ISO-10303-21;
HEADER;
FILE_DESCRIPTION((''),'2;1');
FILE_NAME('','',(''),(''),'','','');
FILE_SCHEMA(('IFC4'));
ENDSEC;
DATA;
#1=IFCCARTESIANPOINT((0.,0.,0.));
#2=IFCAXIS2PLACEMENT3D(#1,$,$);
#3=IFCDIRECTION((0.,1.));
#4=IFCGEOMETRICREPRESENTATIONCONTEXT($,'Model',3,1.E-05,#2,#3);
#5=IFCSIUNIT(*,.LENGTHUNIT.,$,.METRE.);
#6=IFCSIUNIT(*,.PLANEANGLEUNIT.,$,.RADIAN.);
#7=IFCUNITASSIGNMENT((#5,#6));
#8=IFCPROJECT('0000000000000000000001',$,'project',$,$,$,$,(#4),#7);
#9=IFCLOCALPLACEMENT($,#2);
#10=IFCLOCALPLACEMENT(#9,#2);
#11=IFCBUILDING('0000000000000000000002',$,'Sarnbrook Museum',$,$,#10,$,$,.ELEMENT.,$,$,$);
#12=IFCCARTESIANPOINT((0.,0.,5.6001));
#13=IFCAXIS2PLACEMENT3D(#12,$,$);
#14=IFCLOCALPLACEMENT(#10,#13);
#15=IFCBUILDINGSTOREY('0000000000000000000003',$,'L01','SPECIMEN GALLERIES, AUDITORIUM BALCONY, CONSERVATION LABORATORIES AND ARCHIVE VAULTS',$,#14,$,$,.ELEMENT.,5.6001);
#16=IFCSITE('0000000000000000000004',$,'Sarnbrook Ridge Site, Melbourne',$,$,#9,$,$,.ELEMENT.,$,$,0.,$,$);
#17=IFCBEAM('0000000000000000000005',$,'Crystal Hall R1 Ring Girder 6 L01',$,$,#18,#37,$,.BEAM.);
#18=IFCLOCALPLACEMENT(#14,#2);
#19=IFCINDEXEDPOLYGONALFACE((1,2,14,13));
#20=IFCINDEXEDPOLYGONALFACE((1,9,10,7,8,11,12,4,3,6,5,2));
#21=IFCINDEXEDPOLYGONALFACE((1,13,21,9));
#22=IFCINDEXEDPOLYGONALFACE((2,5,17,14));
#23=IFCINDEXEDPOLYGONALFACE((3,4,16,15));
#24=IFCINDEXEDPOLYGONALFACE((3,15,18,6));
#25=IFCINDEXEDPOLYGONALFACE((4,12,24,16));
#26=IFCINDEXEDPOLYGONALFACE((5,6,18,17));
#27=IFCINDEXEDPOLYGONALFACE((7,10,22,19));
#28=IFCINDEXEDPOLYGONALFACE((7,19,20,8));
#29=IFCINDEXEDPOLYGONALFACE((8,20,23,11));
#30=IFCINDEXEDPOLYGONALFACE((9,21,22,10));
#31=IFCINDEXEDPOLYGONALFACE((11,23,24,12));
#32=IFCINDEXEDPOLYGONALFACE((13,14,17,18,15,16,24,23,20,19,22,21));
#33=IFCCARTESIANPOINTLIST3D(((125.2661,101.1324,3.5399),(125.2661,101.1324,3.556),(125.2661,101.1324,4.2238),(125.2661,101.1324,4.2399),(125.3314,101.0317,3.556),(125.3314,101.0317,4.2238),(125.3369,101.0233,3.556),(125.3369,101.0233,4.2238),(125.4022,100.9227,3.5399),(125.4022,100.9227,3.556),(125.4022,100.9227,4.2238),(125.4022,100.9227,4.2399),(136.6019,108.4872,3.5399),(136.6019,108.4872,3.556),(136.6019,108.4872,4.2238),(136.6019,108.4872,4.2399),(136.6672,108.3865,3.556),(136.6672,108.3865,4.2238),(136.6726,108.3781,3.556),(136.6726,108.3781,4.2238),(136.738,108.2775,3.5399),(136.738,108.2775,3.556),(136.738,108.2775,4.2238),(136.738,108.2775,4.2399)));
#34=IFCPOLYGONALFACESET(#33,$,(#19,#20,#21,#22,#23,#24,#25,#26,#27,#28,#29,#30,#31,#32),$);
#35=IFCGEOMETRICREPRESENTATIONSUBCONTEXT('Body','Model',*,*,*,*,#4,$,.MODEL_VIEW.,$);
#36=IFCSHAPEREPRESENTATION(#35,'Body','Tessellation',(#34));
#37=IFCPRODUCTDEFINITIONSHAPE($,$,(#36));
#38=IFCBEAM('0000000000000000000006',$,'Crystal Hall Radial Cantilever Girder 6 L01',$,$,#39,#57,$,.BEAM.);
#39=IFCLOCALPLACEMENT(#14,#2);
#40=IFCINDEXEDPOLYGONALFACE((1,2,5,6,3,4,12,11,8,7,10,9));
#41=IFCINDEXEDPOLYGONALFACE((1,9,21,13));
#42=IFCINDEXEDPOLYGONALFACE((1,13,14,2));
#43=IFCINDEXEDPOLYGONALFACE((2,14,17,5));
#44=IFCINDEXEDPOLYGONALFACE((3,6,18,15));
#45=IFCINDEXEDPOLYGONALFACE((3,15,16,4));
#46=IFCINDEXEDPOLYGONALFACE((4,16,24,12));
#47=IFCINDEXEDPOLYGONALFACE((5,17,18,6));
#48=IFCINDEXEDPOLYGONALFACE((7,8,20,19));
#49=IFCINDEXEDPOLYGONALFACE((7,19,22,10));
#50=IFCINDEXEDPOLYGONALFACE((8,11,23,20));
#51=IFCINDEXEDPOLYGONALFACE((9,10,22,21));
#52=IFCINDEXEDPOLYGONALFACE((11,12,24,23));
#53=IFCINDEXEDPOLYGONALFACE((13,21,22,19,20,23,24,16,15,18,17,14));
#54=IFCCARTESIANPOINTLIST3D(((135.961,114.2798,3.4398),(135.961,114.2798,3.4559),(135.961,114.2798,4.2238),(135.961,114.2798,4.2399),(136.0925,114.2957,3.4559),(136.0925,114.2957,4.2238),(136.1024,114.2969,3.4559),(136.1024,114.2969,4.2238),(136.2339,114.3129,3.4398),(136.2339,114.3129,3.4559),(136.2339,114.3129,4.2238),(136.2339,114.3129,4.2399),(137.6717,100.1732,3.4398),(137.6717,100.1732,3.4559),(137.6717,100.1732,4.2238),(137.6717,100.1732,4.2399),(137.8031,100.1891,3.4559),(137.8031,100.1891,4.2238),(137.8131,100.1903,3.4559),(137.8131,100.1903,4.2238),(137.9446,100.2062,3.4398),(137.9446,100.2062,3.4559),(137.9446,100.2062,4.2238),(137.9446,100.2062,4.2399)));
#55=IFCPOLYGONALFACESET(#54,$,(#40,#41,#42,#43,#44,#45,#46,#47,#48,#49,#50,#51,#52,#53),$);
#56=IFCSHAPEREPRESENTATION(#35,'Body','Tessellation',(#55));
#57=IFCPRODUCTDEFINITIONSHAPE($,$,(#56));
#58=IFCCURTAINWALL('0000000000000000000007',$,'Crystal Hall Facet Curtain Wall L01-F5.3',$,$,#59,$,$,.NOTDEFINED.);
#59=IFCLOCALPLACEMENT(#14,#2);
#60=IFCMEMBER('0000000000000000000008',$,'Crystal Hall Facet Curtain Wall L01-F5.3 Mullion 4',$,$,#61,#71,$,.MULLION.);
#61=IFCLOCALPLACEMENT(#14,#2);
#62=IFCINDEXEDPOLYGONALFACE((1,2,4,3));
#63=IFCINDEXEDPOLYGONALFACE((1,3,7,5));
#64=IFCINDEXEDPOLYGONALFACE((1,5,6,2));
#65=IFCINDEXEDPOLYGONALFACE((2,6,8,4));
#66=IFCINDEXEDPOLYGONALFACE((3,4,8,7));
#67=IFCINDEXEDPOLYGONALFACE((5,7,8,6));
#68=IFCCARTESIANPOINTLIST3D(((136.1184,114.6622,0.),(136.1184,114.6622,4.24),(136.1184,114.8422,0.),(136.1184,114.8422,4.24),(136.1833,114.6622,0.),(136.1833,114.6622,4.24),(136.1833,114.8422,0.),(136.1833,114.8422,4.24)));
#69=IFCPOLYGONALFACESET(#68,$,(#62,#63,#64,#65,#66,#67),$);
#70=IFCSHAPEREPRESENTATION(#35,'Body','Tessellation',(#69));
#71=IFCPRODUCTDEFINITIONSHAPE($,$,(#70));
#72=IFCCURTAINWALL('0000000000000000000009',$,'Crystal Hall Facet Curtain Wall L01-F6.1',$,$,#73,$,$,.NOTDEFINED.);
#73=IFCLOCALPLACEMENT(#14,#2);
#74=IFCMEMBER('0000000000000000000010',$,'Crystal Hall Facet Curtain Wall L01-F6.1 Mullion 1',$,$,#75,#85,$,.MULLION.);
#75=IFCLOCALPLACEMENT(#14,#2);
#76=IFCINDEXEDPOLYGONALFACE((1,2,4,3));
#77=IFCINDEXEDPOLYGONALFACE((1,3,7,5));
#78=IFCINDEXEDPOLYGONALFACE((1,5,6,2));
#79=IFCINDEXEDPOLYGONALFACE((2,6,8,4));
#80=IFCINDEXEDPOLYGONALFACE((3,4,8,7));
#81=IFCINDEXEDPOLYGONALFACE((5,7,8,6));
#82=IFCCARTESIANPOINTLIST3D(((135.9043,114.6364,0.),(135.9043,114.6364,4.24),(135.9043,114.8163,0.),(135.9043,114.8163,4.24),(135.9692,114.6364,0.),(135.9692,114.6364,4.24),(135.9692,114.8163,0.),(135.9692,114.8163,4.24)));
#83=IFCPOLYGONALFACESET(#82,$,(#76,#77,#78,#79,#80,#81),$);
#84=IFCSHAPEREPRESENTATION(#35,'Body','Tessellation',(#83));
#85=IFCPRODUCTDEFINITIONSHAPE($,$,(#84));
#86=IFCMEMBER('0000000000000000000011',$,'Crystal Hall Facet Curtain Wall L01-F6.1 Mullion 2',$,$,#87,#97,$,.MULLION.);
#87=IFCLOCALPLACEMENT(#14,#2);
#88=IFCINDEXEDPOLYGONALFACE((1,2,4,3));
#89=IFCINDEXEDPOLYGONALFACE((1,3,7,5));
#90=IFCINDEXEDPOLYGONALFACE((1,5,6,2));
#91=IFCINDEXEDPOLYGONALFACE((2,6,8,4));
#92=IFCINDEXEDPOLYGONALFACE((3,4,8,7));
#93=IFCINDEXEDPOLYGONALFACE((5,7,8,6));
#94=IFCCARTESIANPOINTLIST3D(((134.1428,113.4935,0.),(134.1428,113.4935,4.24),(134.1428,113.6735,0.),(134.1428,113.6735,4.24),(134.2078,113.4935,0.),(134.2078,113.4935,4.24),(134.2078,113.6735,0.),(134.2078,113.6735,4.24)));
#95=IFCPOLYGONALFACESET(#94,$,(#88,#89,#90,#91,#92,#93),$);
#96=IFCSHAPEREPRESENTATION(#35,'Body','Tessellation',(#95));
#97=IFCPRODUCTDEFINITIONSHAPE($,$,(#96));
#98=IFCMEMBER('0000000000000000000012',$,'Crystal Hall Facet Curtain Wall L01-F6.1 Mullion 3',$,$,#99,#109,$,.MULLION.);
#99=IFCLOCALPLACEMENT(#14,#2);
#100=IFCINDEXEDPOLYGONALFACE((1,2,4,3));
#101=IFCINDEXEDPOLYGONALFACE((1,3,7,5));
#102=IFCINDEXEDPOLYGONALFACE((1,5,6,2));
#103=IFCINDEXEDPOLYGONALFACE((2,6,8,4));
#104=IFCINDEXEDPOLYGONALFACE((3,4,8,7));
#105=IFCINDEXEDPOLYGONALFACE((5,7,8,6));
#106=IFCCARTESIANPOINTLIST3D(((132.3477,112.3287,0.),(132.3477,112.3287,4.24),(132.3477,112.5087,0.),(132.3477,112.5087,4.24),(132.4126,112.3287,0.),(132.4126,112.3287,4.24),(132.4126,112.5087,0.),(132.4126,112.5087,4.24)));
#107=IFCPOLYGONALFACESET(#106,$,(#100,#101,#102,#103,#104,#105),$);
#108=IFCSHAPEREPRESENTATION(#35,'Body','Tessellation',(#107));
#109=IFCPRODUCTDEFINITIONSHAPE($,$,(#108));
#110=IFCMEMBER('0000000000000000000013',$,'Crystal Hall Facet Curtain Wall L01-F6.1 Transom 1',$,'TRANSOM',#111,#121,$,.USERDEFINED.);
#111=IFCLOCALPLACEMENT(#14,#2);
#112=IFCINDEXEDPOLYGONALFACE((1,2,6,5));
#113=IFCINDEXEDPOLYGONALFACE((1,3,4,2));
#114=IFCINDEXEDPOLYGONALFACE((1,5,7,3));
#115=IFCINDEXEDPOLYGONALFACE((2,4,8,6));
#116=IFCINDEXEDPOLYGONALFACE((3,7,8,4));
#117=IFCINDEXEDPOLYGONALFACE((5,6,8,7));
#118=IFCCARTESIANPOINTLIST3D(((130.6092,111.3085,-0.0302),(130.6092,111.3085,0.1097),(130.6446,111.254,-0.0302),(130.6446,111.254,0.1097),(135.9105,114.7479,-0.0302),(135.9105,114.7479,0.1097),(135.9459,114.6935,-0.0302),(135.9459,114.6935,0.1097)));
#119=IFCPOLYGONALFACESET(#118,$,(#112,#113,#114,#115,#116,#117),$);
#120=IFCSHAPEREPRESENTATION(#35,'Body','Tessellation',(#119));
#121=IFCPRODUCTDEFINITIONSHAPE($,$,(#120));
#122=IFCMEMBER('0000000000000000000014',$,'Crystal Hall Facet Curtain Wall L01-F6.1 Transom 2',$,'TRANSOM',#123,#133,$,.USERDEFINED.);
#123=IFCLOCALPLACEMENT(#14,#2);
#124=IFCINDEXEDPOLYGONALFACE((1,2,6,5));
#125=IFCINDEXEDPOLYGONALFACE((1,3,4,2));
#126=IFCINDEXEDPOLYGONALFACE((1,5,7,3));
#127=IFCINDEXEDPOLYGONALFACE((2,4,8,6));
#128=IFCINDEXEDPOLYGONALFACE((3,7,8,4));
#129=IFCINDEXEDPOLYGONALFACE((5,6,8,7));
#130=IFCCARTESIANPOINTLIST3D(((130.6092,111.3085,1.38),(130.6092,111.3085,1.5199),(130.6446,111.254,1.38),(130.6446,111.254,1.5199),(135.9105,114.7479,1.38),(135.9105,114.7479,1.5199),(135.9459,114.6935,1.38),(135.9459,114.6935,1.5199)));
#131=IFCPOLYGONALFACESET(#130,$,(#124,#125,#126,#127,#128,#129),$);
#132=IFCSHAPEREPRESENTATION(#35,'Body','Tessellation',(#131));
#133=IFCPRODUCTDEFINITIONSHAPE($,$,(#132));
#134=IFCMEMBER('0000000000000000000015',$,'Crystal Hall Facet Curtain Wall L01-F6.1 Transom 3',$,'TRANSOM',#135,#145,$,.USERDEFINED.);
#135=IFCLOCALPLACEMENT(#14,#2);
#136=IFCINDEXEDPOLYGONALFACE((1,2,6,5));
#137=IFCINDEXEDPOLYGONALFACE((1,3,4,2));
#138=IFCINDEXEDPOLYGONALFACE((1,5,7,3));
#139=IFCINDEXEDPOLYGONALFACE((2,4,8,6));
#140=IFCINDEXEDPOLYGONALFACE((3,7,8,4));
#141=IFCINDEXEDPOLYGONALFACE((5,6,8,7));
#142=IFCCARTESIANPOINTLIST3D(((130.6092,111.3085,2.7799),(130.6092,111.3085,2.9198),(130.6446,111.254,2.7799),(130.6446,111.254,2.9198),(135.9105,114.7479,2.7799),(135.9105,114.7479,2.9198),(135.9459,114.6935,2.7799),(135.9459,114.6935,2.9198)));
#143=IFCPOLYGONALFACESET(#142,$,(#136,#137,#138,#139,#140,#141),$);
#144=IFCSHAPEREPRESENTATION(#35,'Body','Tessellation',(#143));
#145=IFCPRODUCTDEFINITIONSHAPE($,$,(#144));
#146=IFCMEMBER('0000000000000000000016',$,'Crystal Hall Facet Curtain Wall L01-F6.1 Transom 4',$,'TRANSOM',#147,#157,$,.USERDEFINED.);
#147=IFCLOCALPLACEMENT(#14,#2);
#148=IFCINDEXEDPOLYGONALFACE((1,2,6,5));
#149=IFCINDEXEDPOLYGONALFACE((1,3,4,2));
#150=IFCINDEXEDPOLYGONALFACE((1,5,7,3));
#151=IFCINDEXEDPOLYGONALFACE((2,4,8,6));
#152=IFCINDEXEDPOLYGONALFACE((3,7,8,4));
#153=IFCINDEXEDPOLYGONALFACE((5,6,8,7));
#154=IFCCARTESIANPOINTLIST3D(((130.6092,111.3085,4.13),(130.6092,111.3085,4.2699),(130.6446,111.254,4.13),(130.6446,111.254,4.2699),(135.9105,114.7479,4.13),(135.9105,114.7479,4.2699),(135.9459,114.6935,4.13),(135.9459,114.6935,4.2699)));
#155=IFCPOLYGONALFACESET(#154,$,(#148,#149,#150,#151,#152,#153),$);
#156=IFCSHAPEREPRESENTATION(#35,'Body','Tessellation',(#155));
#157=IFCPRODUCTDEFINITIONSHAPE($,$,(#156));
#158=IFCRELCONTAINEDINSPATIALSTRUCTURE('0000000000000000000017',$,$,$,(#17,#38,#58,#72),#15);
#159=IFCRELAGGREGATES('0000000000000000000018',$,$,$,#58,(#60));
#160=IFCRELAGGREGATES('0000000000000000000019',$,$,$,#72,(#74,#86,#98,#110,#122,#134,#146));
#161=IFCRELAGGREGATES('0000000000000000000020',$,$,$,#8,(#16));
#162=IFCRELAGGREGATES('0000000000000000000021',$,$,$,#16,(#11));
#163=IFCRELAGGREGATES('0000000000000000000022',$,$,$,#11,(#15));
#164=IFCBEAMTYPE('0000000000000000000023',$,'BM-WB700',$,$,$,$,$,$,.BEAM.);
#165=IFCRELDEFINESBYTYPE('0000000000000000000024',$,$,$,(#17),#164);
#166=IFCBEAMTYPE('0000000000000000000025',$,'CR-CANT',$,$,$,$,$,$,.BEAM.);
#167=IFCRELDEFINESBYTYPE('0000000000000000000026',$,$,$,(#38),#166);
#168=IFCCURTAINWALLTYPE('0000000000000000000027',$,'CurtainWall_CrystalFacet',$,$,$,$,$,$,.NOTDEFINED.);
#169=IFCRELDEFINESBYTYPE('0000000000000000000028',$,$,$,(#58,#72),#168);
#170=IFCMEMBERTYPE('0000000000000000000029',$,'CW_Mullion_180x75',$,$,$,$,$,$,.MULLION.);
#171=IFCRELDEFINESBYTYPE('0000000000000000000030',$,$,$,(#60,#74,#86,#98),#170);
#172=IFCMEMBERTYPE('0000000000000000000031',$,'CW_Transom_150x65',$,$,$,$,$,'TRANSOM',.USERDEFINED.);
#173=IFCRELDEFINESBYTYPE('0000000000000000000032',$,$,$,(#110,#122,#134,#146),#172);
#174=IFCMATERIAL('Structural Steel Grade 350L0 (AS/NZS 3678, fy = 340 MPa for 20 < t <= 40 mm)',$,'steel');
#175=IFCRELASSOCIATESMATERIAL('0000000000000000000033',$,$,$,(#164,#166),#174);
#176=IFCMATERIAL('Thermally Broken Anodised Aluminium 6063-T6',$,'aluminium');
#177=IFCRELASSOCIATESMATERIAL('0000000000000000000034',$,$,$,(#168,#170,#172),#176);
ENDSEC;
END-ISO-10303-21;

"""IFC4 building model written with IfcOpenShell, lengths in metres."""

from ifc_helpers import new_model, si_unit, direction, frame, origin, origin_2d, place, context, subcontext, project, spatial, rectangle, i_section, extrude, material, material_profile, profile_set, type_object, element, aggregate, save


model = new_model("IFC4")

# Units and contexts
model_context = context("Model", 3, precision=1e-05, world=origin(), true_north=direction((0.0, 1.0)))
body_context = subcontext(model_context, "Body", "Model", "MODEL_VIEW")
ifc_project = project(units=[si_unit("LENGTHUNIT", "METRE"), si_unit("PLANEANGLEUNIT", "RADIAN")], contexts=[model_context])

# Site, building, storey
site_placement = place(None, origin())
site = spatial("IfcSite", under=ifc_project, at=site_placement, Name="Sarnbrook Ridge Site, Melbourne", CompositionType="ELEMENT", RefElevation=0.0)
building_placement = place(site_placement, origin())
building = spatial("IfcBuilding", under=site, at=building_placement, Name="Sarnbrook Museum", CompositionType="ELEMENT")
storey_placement = place(building_placement, frame((0.0, 0.0, 5.6001)))
storey = spatial("IfcBuildingStorey", under=building, at=storey_placement, Name="L01", Description="SPECIMEN GALLERIES, AUDITORIUM BALCONY, CONSERVATION LABORATORIES AND ARCHIVE VAULTS", CompositionType="ELEMENT", Elevation=5.6001)

# Shared definitions
ifc_material_1 = material(Name="Structural Steel Grade 350L0 (AS/NZS 3678, fy = 340 MPa for 20 < t <= 40 mm)", Category="steel")

# Beams
ifc_material_profile_1 = material_profile(ifc_material_1, i_section(OverallWidth=0.25, OverallDepth=0.7, WebThickness=0.01, FlangeThickness=0.0161, at=origin_2d()), Name="700WB130")
ifc_profile_set_1 = profile_set([ifc_material_profile_1], Name="Structural Steel Grade 350L0 (AS/NZS 3678, fy = 340 MPa for 20 < t <= 40 mm)")
beam_type_1 = type_object("IfcBeamType", Name="BM-WB700", PredefinedType="BEAM", material=ifc_profile_set_1)
beam_1_placement = place(storey_placement, frame((136.6699, 108.3823, 3.8899), z_axis=(-0.838899, -0.544288, 0.0), x_axis=(0.544288, -0.838899, 0.0)))
element("IfcBeam", 1, at=beam_1_placement, inside=storey, type_object=beam_type_1, Name="Crystal Hall R1 Ring Girder 6 L01", PredefinedType="BEAM", context=body_context, shape_type="SweptSolid", body=[
    extrude(i_section(OverallWidth=0.25, OverallDepth=0.7, WebThickness=0.01, FlangeThickness=0.0161, at=origin_2d()), origin(), (0.0, 0.0, 1.0), 13.5127),
])
ifc_material_profile_2 = material_profile(ifc_material_1, i_section(OverallWidth=0.2749, OverallDepth=0.8, WebThickness=0.01, FlangeThickness=0.0161, at=origin_2d()), Name="800WB146")
ifc_profile_set_2 = profile_set([ifc_material_profile_2], Name="Structural Steel Grade 350L0 (AS/NZS 3678, fy = 340 MPa for 20 < t <= 40 mm)")
beam_type_2 = type_object("IfcBeamType", Name="CR-CANT", PredefinedType="BEAM", material=ifc_profile_set_2)
beam_2_placement = place(storey_placement, frame((137.8081, 100.1897, 3.8398), z_axis=(-0.120386, 0.992727, 0.0), x_axis=(-0.992727, -0.120386, 0.0)))
element("IfcBeam", 2, at=beam_2_placement, inside=storey, type_object=beam_type_2, Name="Crystal Hall Radial Cantilever Girder 6 L01", PredefinedType="BEAM", context=body_context, shape_type="SweptSolid", body=[
    extrude(i_section(OverallWidth=0.2749, OverallDepth=0.8, WebThickness=0.01, FlangeThickness=0.0161, at=origin_2d()), origin(), (0.0, 0.0, 1.0), 14.21),
])

# Curtain wall, member
ifc_material_2 = material(Name="Thermally Broken Anodised Aluminium 6063-T6", Category="aluminium")
curtain_wall_type = type_object("IfcCurtainWallType", Name="CurtainWall_CrystalFacet", PredefinedType="NOTDEFINED", material=ifc_material_2)
curtain_wall_1_placement = place(storey_placement, origin())
curtain_wall_1 = element("IfcCurtainWall", 3, at=curtain_wall_1_placement, inside=storey, type_object=curtain_wall_type, Name="Crystal Hall Facet Curtain Wall L01-F5.3", PredefinedType="NOTDEFINED")
ifc_material_profile_3 = material_profile(ifc_material_2, rectangle(XDim=0.0649, YDim=0.1799, at=origin_2d()), Name="ALU MULLION 65x180")
ifc_profile_set_3 = profile_set([ifc_material_profile_3], Name="Thermally Broken Anodised Aluminium 6063-T6")
member_type_1 = type_object("IfcMemberType", Name="CW_Mullion_180x75", PredefinedType="MULLION", material=ifc_profile_set_3)
member_1_placement = place(storey_placement, frame((136.1509, 114.7522, 0.0), z_axis=(0.0, 0.0, 1.0), x_axis=(1.0, 0.0, 0.0)))
member_1 = element("IfcMember", 4, at=member_1_placement, type_object=member_type_1, Name="Crystal Hall Facet Curtain Wall L01-F5.3 Mullion 4", PredefinedType="MULLION", context=body_context, shape_type="SweptSolid", body=[
    extrude(rectangle(XDim=0.0649, YDim=0.1799, at=origin_2d()), origin(), (0.0, 0.0, 1.0), 4.24),
])

# Curtain wall, members
curtain_wall_2_placement = place(storey_placement, origin())
curtain_wall_2 = element("IfcCurtainWall", 5, at=curtain_wall_2_placement, inside=storey, type_object=curtain_wall_type, Name="Crystal Hall Facet Curtain Wall L01-F6.1", PredefinedType="NOTDEFINED")
member_2_placement = place(storey_placement, frame((135.9368, 114.7263, 0.0), z_axis=(0.0, 0.0, 1.0), x_axis=(1.0, 0.0, 0.0)))
member_2 = element("IfcMember", 6, at=member_2_placement, type_object=member_type_1, Name="Crystal Hall Facet Curtain Wall L01-F6.1 Mullion 1", PredefinedType="MULLION", context=body_context, shape_type="SweptSolid", body=[
    extrude(rectangle(XDim=0.0649, YDim=0.1799, at=origin_2d()), origin(), (0.0, 0.0, 1.0), 4.24),
])
member_3_placement = place(storey_placement, frame((134.1753, 113.5835, 0.0), z_axis=(0.0, 0.0, 1.0), x_axis=(1.0, 0.0, 0.0)))
member_3 = element("IfcMember", 7, at=member_3_placement, type_object=member_type_1, Name="Crystal Hall Facet Curtain Wall L01-F6.1 Mullion 2", PredefinedType="MULLION", context=body_context, shape_type="SweptSolid", body=[
    extrude(rectangle(XDim=0.0649, YDim=0.1799, at=origin_2d()), origin(), (0.0, 0.0, 1.0), 4.24),
])
member_4_placement = place(storey_placement, frame((132.3801, 112.4187, 0.0), z_axis=(0.0, 0.0, 1.0), x_axis=(1.0, 0.0, 0.0)))
member_4 = element("IfcMember", 8, at=member_4_placement, type_object=member_type_1, Name="Crystal Hall Facet Curtain Wall L01-F6.1 Mullion 3", PredefinedType="MULLION", context=body_context, shape_type="SweptSolid", body=[
    extrude(rectangle(XDim=0.0649, YDim=0.1799, at=origin_2d()), origin(), (0.0, 0.0, 1.0), 4.24),
])
ifc_material_profile_4 = material_profile(ifc_material_2, rectangle(XDim=0.0649, YDim=0.1399, at=origin_2d()), Name="ALU TRANSOM 65x140")
ifc_profile_set_4 = profile_set([ifc_material_profile_4], Name="Thermally Broken Anodised Aluminium 6063-T6")
member_type_2 = type_object("IfcMemberType", Name="CW_Transom_150x65", ElementType="TRANSOM", PredefinedType="USERDEFINED", material=ifc_profile_set_4)
member_5_placement = place(storey_placement, frame((135.9282, 114.7207, 0.0398), z_axis=(-0.838904, -0.544279, 0.0), x_axis=(0.544279, -0.838904, 0.0)))
member_5 = element("IfcMember", 9, at=member_5_placement, type_object=member_type_2, Name="Crystal Hall Facet Curtain Wall L01-F6.1 Transom 1", ObjectType="TRANSOM", PredefinedType="USERDEFINED", context=body_context, shape_type="SweptSolid", body=[
    extrude(rectangle(XDim=0.0649, YDim=0.1399, at=origin_2d()), origin(), (0.0, 0.0, 1.0), 6.3193),
])
member_6_placement = place(storey_placement, frame((135.9282, 114.7207, 1.45), z_axis=(-0.838904, -0.544279, 0.0), x_axis=(0.544279, -0.838904, 0.0)))
member_6 = element("IfcMember", 10, at=member_6_placement, type_object=member_type_2, Name="Crystal Hall Facet Curtain Wall L01-F6.1 Transom 2", ObjectType="TRANSOM", PredefinedType="USERDEFINED", context=body_context, shape_type="SweptSolid", body=[
    extrude(rectangle(XDim=0.0649, YDim=0.1399, at=origin_2d()), origin(), (0.0, 0.0, 1.0), 6.3193),
])
member_7_placement = place(storey_placement, frame((135.9282, 114.7207, 2.8499), z_axis=(-0.838904, -0.544279, 0.0), x_axis=(0.544279, -0.838904, 0.0)))
member_7 = element("IfcMember", 11, at=member_7_placement, type_object=member_type_2, Name="Crystal Hall Facet Curtain Wall L01-F6.1 Transom 3", ObjectType="TRANSOM", PredefinedType="USERDEFINED", context=body_context, shape_type="SweptSolid", body=[
    extrude(rectangle(XDim=0.0649, YDim=0.1399, at=origin_2d()), origin(), (0.0, 0.0, 1.0), 6.3193),
])
member_8_placement = place(storey_placement, frame((135.9282, 114.7207, 4.2), z_axis=(-0.838904, -0.544279, 0.0), x_axis=(0.544279, -0.838904, 0.0)))
member_8 = element("IfcMember", 12, at=member_8_placement, type_object=member_type_2, Name="Crystal Hall Facet Curtain Wall L01-F6.1 Transom 4", ObjectType="TRANSOM", PredefinedType="USERDEFINED", context=body_context, shape_type="SweptSolid", body=[
    extrude(rectangle(XDim=0.0649, YDim=0.1399, at=origin_2d()), origin(), (0.0, 0.0, 1.0), 6.3193),
])

aggregate(curtain_wall_1, [member_1])
aggregate(curtain_wall_2, [member_2, member_3, member_4, member_5, member_6, member_7, member_8])

save(model, "model.ifc")
